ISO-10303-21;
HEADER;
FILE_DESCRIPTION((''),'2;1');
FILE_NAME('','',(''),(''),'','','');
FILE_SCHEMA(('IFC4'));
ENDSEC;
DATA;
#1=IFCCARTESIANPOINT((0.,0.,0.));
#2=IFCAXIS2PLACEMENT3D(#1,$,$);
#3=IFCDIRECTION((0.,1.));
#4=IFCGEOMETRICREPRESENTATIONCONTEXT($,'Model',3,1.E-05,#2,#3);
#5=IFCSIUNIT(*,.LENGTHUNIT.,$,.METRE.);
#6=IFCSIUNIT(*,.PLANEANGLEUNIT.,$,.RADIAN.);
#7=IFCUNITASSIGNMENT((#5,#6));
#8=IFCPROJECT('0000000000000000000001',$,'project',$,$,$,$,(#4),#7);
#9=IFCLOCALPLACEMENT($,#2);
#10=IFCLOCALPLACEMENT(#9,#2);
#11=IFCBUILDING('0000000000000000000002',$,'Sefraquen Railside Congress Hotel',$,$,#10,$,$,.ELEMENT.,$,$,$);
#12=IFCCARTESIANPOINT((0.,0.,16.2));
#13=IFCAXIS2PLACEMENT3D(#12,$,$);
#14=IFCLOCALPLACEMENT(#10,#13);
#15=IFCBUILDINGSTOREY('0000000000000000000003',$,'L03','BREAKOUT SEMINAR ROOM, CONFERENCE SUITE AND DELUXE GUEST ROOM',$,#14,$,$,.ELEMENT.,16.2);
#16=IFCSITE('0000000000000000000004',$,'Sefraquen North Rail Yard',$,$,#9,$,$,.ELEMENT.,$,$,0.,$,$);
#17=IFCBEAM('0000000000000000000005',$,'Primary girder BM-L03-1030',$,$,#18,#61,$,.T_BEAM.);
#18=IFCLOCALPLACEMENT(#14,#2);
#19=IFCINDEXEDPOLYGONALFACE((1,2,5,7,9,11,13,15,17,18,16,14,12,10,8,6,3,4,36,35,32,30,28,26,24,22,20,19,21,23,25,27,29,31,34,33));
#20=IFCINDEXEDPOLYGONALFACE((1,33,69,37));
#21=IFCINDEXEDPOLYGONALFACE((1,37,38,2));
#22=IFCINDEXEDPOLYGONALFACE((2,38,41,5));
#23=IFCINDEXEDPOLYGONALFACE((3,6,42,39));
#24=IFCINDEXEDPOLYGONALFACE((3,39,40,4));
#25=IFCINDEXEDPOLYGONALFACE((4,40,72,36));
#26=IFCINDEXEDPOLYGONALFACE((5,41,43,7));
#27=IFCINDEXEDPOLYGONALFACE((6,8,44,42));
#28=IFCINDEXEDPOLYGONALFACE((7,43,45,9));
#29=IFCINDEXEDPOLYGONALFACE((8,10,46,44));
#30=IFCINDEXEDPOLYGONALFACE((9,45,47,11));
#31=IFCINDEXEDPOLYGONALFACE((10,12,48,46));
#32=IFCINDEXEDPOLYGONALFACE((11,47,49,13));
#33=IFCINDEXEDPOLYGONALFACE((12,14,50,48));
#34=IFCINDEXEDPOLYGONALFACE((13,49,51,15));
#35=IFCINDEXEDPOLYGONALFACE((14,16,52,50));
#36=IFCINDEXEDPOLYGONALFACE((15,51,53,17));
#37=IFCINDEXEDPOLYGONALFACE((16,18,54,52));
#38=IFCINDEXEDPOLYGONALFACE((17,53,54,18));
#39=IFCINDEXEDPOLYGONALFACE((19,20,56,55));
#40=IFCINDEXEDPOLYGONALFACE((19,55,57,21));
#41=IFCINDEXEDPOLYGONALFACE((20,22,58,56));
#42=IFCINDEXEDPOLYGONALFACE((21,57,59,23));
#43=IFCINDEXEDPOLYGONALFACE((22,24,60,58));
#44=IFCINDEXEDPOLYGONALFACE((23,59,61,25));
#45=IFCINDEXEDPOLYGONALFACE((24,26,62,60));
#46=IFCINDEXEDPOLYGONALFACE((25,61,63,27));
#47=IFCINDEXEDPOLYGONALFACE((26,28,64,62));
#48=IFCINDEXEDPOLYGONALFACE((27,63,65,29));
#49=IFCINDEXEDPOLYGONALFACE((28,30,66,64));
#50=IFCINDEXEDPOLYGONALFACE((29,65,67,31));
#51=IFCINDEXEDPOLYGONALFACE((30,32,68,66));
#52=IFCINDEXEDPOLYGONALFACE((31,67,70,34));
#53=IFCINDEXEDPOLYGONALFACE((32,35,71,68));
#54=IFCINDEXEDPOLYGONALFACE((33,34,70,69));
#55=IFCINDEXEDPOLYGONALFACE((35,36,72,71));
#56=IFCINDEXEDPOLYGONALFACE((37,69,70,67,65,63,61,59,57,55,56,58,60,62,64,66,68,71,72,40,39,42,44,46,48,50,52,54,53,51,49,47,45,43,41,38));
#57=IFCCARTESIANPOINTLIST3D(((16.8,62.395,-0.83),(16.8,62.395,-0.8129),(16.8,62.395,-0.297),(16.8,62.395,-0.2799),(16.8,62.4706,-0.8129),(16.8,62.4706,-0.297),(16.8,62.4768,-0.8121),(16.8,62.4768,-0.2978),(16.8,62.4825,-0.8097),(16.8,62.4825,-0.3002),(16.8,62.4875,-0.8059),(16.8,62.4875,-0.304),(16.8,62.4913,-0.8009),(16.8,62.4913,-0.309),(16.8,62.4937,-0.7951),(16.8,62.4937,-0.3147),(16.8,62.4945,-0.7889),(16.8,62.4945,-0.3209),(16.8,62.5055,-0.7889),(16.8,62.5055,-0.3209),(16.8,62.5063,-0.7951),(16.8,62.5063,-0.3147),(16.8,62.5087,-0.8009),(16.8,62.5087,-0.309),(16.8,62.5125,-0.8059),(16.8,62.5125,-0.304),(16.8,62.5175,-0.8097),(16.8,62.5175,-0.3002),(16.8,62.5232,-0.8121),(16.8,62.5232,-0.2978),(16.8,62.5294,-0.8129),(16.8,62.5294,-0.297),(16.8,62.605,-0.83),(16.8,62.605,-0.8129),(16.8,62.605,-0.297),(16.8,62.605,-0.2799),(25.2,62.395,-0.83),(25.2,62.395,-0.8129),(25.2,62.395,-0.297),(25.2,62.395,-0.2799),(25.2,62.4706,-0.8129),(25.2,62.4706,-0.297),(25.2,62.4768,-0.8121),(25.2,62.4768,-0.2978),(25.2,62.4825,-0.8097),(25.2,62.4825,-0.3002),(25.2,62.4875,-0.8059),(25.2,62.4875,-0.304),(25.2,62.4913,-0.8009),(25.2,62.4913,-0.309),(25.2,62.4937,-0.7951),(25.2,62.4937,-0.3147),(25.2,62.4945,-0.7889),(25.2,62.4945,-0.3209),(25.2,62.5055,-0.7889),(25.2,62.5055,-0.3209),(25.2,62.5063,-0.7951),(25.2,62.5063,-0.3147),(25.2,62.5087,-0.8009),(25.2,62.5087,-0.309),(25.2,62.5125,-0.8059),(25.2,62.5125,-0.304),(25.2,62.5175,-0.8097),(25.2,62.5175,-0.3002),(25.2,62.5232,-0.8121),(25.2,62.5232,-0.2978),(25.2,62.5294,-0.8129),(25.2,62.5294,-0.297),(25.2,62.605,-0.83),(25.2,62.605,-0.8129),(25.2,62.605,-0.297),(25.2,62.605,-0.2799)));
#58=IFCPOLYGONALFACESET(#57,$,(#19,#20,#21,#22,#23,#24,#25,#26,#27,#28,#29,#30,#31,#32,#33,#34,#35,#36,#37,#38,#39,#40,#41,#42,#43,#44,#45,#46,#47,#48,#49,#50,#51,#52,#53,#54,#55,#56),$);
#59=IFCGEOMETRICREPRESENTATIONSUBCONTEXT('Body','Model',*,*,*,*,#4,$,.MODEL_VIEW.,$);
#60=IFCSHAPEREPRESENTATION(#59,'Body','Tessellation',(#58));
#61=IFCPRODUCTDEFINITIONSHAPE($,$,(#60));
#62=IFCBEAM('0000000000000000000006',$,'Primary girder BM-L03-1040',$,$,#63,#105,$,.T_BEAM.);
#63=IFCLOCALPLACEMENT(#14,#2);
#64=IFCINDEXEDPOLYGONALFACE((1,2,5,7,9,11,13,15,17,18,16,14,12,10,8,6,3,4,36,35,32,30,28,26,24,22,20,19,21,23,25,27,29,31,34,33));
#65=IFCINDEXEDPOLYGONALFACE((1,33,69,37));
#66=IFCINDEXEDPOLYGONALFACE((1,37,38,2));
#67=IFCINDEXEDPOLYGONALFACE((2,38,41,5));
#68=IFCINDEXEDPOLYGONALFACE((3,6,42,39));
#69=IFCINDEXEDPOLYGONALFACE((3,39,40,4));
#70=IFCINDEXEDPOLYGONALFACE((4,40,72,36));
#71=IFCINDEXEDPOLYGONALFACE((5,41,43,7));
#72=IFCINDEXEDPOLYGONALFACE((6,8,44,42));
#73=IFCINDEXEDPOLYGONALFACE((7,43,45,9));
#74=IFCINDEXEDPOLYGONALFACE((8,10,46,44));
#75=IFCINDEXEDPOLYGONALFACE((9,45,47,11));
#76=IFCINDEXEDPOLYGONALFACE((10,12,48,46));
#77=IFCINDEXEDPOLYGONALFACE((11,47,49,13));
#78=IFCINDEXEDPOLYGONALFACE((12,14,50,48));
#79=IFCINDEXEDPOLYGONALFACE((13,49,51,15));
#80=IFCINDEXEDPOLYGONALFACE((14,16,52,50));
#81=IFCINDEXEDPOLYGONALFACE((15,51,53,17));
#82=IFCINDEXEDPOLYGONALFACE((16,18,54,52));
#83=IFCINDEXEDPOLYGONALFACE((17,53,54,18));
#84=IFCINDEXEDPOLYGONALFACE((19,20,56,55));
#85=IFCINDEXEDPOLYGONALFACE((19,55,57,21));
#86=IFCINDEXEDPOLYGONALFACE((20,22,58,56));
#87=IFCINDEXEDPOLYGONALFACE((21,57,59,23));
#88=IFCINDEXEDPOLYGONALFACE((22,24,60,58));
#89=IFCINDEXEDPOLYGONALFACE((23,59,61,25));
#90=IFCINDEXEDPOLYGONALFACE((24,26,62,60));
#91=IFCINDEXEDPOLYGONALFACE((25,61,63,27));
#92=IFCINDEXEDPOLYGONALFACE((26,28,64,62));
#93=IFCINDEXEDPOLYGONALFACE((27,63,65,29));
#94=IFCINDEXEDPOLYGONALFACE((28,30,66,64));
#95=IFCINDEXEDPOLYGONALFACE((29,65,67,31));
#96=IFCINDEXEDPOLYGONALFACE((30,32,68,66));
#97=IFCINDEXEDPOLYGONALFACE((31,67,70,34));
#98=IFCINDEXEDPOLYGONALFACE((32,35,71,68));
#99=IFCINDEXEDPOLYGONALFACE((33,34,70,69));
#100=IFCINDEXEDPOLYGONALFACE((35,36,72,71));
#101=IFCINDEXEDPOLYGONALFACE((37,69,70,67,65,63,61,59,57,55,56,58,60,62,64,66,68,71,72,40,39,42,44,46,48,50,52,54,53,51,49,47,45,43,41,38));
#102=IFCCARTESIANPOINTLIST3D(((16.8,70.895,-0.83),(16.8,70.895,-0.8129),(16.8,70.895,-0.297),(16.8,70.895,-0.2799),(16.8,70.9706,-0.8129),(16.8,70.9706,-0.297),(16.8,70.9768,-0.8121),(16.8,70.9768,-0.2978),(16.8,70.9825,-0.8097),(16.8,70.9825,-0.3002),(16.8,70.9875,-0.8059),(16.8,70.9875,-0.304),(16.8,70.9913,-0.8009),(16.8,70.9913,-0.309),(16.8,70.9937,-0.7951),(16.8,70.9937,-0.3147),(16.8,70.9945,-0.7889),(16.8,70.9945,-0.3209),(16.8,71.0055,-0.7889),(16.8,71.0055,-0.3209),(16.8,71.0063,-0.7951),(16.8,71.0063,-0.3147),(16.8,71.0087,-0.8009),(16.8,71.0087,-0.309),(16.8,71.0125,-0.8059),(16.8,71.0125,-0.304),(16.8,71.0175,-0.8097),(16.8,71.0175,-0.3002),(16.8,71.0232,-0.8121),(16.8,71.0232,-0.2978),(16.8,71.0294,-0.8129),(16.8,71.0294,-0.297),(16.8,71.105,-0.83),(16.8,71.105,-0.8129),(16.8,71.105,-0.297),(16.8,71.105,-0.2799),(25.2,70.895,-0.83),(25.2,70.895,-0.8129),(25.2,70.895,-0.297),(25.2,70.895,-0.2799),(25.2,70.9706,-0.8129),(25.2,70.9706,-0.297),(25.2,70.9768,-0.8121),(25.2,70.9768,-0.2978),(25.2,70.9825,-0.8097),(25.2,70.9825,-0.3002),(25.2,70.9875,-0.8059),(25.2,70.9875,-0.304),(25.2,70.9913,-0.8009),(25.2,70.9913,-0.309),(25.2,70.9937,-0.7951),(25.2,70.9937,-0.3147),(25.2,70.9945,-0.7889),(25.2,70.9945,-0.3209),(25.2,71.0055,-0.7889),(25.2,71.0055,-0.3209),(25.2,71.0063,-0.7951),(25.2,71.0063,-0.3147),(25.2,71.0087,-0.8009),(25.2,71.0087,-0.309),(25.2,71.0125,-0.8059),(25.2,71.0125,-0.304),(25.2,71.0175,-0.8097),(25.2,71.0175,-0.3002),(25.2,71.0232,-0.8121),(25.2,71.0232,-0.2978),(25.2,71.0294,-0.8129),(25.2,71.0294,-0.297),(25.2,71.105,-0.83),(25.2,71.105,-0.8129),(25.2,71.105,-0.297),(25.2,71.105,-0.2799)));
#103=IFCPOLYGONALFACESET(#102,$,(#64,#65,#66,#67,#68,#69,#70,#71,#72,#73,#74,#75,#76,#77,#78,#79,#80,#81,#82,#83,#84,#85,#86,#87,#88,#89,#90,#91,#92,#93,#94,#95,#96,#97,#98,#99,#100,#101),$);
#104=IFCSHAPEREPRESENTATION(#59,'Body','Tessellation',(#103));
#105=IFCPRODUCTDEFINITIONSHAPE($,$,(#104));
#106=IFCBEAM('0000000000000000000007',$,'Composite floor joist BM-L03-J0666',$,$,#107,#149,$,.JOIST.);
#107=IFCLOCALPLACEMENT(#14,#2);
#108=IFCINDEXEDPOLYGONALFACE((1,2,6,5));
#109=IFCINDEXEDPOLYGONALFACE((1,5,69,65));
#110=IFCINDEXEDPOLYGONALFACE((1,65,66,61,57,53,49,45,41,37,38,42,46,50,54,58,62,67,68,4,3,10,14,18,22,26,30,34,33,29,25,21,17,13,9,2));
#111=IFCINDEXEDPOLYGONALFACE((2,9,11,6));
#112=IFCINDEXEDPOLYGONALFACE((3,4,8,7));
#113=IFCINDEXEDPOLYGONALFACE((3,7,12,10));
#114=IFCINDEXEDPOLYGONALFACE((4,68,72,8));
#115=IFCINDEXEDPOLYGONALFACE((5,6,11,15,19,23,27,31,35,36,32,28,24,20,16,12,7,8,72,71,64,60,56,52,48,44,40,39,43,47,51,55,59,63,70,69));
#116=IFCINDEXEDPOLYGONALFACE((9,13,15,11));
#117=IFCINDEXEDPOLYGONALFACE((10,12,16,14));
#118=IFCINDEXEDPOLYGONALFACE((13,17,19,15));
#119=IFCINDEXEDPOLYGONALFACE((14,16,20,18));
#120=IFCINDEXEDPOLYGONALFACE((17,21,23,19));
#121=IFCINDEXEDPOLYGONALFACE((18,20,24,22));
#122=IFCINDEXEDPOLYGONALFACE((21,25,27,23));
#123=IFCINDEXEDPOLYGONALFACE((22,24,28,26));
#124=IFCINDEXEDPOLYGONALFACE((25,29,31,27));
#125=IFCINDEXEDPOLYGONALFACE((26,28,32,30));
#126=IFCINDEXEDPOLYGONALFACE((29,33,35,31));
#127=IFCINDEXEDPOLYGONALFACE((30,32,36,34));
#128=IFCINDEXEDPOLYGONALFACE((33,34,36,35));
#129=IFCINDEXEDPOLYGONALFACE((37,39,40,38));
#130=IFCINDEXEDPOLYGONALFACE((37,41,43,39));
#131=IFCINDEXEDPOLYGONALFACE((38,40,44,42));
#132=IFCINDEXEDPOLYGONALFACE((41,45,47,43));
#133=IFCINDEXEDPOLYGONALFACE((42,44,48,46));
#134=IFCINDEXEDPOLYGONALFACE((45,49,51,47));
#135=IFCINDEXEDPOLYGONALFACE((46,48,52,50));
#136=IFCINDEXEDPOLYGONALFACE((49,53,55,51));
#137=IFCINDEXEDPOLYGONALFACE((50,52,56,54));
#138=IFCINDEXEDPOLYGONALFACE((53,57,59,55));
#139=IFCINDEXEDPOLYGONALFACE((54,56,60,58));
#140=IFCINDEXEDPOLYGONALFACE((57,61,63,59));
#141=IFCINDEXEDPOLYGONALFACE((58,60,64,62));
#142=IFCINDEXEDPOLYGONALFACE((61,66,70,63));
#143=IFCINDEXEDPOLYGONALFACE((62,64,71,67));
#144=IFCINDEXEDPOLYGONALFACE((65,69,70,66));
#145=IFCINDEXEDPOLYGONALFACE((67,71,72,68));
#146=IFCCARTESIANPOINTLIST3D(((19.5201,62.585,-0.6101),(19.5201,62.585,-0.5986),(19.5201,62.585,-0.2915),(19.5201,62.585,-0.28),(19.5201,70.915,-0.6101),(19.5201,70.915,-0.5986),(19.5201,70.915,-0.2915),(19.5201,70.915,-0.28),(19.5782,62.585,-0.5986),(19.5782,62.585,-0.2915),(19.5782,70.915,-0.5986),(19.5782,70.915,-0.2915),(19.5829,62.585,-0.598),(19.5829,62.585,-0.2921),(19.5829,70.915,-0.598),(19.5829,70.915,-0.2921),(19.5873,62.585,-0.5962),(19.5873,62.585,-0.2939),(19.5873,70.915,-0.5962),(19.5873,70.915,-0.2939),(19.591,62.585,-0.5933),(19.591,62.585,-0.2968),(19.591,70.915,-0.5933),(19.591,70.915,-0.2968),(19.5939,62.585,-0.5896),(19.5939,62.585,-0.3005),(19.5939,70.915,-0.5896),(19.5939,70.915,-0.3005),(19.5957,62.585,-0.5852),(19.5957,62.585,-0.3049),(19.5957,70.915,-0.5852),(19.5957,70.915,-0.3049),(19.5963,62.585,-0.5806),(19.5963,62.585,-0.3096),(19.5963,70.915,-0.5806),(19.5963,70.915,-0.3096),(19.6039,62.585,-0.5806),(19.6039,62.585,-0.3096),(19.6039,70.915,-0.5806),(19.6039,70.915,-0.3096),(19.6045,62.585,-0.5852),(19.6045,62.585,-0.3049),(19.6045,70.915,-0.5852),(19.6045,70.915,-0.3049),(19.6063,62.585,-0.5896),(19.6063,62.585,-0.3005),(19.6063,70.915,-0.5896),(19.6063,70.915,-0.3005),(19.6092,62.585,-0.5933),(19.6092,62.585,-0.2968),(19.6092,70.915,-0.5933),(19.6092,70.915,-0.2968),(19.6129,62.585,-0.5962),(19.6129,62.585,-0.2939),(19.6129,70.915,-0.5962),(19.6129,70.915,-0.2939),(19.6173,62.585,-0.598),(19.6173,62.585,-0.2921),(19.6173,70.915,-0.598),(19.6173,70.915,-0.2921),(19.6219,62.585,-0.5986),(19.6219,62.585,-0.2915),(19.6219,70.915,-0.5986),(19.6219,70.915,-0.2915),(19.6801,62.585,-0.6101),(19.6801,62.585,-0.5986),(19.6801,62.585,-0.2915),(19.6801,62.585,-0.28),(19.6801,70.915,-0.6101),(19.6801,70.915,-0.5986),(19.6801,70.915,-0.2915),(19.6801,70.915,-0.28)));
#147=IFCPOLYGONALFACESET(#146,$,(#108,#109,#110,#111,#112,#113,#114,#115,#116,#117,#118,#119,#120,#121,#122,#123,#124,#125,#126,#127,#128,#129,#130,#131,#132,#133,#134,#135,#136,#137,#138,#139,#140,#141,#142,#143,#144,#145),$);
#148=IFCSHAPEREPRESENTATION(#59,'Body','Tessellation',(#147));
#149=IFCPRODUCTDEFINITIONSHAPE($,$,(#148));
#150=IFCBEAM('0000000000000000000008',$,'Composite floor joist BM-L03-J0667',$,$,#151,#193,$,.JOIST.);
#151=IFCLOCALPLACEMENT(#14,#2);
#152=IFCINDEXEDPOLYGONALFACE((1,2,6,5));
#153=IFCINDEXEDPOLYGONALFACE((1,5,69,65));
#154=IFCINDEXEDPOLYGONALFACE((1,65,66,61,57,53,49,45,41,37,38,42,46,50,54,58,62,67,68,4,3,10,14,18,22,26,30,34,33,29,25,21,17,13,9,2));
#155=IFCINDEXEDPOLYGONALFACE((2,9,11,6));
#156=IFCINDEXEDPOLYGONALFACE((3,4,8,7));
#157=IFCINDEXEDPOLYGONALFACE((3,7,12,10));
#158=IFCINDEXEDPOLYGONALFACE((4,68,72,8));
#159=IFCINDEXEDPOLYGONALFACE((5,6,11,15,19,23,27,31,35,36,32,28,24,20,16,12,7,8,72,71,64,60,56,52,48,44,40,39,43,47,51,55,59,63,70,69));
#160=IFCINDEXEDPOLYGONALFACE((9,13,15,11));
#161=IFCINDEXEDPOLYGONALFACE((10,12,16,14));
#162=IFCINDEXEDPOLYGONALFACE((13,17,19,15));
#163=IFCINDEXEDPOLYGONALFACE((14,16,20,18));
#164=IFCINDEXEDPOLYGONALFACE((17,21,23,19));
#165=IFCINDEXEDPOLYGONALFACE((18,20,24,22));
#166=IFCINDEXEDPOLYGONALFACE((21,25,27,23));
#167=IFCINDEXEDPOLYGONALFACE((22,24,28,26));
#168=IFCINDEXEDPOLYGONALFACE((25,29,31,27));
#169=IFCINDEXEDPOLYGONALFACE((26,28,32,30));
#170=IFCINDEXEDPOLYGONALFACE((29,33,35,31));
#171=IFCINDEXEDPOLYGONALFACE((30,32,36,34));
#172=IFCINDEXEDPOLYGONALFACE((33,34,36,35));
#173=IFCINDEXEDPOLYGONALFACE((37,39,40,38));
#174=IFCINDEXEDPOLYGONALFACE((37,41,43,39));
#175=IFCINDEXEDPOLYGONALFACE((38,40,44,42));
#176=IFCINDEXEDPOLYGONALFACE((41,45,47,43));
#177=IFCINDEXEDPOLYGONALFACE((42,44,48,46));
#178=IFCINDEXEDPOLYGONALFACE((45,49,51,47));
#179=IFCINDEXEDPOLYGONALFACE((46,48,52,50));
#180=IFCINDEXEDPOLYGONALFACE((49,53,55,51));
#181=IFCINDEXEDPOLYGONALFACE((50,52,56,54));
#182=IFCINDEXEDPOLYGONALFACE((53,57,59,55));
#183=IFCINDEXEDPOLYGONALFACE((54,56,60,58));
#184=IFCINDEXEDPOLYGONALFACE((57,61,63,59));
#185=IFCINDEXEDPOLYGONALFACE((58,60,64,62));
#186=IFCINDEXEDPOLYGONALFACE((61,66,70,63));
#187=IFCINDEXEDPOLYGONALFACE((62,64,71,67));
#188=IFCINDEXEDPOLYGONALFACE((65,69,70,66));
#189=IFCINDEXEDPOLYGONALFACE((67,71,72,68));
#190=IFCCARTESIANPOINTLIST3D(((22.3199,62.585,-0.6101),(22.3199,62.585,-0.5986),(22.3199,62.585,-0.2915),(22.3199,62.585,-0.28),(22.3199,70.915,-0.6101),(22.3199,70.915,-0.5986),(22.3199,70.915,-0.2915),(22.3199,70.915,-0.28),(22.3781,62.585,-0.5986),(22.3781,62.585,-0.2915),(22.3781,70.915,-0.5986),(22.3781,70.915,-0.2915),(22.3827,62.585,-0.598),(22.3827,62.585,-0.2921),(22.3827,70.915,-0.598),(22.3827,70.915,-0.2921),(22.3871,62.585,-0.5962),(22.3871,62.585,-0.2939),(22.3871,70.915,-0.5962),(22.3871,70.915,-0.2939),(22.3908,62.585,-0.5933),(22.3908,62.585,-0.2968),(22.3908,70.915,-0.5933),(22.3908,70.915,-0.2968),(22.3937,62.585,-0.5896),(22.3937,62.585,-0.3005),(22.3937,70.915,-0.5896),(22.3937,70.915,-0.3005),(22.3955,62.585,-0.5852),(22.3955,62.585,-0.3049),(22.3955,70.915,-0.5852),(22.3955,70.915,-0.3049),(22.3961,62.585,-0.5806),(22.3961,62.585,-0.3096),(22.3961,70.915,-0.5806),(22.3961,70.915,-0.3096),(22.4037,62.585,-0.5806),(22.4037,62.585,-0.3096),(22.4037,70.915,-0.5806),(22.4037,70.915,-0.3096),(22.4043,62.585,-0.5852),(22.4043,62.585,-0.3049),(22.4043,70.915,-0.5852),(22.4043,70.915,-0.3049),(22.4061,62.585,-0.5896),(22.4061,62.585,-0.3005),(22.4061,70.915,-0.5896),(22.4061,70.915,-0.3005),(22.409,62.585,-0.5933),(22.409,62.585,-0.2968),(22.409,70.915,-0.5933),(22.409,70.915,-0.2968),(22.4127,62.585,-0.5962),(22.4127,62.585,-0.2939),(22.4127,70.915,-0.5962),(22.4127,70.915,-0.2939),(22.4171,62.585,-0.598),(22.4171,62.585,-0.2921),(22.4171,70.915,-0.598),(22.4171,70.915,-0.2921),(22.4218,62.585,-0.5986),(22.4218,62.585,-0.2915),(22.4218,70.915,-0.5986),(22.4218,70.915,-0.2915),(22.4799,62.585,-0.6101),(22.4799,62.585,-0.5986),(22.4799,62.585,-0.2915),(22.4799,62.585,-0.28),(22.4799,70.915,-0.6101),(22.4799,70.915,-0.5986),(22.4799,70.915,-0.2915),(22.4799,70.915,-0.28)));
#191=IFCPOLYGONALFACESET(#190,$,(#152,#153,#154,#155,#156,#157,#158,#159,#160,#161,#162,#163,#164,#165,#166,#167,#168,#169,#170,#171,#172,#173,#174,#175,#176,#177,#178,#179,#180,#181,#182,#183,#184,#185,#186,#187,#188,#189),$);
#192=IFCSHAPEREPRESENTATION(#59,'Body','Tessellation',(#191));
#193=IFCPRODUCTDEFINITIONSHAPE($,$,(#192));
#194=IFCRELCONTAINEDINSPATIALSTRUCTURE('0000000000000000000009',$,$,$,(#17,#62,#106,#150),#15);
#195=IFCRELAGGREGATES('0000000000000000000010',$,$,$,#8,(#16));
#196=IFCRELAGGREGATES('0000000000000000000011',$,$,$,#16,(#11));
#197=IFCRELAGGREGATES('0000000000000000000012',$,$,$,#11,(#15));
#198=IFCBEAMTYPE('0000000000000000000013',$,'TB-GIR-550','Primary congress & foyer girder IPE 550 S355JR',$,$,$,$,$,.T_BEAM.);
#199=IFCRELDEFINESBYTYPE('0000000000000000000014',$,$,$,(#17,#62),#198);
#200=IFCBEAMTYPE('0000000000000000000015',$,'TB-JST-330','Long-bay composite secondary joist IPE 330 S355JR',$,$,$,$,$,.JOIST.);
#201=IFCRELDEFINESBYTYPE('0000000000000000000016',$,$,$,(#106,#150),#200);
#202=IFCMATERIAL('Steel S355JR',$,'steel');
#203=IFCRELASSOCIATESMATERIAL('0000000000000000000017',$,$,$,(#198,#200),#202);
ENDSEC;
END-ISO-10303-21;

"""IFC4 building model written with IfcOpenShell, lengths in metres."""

from ifc_helpers import new_model, si_unit, direction, frame, origin, origin_2d, place, context, subcontext, project, spatial, i_section, extrude, material, material_profile, profile_set, type_object, element, save


model = new_model("IFC4")

# Units and contexts
model_context = context("Model", 3, precision=1e-05, world=origin(), true_north=direction((0.0, 1.0)))
body_context = subcontext(model_context, "Body", "Model", "MODEL_VIEW")
ifc_project = project(units=[si_unit("LENGTHUNIT", "METRE"), si_unit("PLANEANGLEUNIT", "RADIAN")], contexts=[model_context])

# Site, building, storey
site_placement = place(None, origin())
site = spatial("IfcSite", under=ifc_project, at=site_placement, Name="Sefraquen North Rail Yard", CompositionType="ELEMENT", RefElevation=0.0)
building_placement = place(site_placement, origin())
building = spatial("IfcBuilding", under=site, at=building_placement, Name="Sefraquen Railside Congress Hotel", CompositionType="ELEMENT")
storey_placement = place(building_placement, frame((0.0, 0.0, 16.2)))
storey = spatial("IfcBuildingStorey", under=building, at=storey_placement, Name="L03", Description="BREAKOUT SEMINAR ROOM, CONFERENCE SUITE AND DELUXE GUEST ROOM", CompositionType="ELEMENT", Elevation=16.2)

# Shared definitions
ifc_material_1 = material(Name="Steel S355JR", Category="steel")

# Beams
ifc_material_profile_1 = material_profile(ifc_material_1, i_section(OverallWidth=0.21, OverallDepth=0.55, WebThickness=0.011, FlangeThickness=0.0171, FilletRadius=0.0239, at=origin_2d()), Name="IPE 550")
ifc_profile_set_1 = profile_set([ifc_material_profile_1], Name="Steel S355JR")
beam_type_1 = type_object("IfcBeamType", Name="TB-GIR-550", Description="Primary congress & foyer girder IPE 550 S355JR", PredefinedType="T_BEAM", material=ifc_profile_set_1)
for number, where, z_axis, x_axis, name in (
    (1, (16.8, 62.5, -0.5549), (1.0, 0.0, 0.0), (0.0, 1.0, 0.0), "Primary girder BM-L03-1030"),
    (2, (16.8, 71.0, -0.5549), (1.0, 0.0, 0.0), (0.0, 1.0, 0.0), "Primary girder BM-L03-1040"),
):
    element("IfcBeam", number, at=place(storey_placement, frame(where, z_axis=z_axis, x_axis=x_axis)), inside=storey, type_object=beam_type_1, Name=name, PredefinedType="T_BEAM", context=body_context, shape_type="SweptSolid", body=[
        extrude(i_section(OverallWidth=0.21, OverallDepth=0.55, WebThickness=0.011, FlangeThickness=0.0171, FilletRadius=0.0239, at=origin_2d()), origin(), (0.0, 0.0, 1.0), 8.3999),
    ])
ifc_material_profile_2 = material_profile(ifc_material_1, i_section(OverallWidth=0.1599, OverallDepth=0.3301, WebThickness=0.0076, FlangeThickness=0.0115, FilletRadius=0.0181, at=origin_2d()), Name="IPE 330")
ifc_profile_set_2 = profile_set([ifc_material_profile_2], Name="Steel S355JR")
beam_type_2 = type_object("IfcBeamType", Name="TB-JST-330", Description="Long-bay composite secondary joist IPE 330 S355JR", PredefinedType="JOIST", material=ifc_profile_set_2)
for number, where, z_axis, x_axis, name in (
    (3, (19.6001, 62.585, -0.4451), (0.0, 1.0, 0.0), (-1.0, 0.0, 0.0), "Composite floor joist BM-L03-J0666"),
    (4, (22.3999, 62.585, -0.4451), (0.0, 1.0, 0.0), (-1.0, 0.0, 0.0), "Composite floor joist BM-L03-J0667"),
):
    element("IfcBeam", number, at=place(storey_placement, frame(where, z_axis=z_axis, x_axis=x_axis)), inside=storey, type_object=beam_type_2, Name=name, PredefinedType="JOIST", context=body_context, shape_type="SweptSolid", body=[
        extrude(i_section(OverallWidth=0.1599, OverallDepth=0.3301, WebThickness=0.0076, FlangeThickness=0.0115, FilletRadius=0.0181, at=origin_2d()), origin(), (0.0, 0.0, 1.0), 8.3301),
    ])

save(model, "model.ifc")
